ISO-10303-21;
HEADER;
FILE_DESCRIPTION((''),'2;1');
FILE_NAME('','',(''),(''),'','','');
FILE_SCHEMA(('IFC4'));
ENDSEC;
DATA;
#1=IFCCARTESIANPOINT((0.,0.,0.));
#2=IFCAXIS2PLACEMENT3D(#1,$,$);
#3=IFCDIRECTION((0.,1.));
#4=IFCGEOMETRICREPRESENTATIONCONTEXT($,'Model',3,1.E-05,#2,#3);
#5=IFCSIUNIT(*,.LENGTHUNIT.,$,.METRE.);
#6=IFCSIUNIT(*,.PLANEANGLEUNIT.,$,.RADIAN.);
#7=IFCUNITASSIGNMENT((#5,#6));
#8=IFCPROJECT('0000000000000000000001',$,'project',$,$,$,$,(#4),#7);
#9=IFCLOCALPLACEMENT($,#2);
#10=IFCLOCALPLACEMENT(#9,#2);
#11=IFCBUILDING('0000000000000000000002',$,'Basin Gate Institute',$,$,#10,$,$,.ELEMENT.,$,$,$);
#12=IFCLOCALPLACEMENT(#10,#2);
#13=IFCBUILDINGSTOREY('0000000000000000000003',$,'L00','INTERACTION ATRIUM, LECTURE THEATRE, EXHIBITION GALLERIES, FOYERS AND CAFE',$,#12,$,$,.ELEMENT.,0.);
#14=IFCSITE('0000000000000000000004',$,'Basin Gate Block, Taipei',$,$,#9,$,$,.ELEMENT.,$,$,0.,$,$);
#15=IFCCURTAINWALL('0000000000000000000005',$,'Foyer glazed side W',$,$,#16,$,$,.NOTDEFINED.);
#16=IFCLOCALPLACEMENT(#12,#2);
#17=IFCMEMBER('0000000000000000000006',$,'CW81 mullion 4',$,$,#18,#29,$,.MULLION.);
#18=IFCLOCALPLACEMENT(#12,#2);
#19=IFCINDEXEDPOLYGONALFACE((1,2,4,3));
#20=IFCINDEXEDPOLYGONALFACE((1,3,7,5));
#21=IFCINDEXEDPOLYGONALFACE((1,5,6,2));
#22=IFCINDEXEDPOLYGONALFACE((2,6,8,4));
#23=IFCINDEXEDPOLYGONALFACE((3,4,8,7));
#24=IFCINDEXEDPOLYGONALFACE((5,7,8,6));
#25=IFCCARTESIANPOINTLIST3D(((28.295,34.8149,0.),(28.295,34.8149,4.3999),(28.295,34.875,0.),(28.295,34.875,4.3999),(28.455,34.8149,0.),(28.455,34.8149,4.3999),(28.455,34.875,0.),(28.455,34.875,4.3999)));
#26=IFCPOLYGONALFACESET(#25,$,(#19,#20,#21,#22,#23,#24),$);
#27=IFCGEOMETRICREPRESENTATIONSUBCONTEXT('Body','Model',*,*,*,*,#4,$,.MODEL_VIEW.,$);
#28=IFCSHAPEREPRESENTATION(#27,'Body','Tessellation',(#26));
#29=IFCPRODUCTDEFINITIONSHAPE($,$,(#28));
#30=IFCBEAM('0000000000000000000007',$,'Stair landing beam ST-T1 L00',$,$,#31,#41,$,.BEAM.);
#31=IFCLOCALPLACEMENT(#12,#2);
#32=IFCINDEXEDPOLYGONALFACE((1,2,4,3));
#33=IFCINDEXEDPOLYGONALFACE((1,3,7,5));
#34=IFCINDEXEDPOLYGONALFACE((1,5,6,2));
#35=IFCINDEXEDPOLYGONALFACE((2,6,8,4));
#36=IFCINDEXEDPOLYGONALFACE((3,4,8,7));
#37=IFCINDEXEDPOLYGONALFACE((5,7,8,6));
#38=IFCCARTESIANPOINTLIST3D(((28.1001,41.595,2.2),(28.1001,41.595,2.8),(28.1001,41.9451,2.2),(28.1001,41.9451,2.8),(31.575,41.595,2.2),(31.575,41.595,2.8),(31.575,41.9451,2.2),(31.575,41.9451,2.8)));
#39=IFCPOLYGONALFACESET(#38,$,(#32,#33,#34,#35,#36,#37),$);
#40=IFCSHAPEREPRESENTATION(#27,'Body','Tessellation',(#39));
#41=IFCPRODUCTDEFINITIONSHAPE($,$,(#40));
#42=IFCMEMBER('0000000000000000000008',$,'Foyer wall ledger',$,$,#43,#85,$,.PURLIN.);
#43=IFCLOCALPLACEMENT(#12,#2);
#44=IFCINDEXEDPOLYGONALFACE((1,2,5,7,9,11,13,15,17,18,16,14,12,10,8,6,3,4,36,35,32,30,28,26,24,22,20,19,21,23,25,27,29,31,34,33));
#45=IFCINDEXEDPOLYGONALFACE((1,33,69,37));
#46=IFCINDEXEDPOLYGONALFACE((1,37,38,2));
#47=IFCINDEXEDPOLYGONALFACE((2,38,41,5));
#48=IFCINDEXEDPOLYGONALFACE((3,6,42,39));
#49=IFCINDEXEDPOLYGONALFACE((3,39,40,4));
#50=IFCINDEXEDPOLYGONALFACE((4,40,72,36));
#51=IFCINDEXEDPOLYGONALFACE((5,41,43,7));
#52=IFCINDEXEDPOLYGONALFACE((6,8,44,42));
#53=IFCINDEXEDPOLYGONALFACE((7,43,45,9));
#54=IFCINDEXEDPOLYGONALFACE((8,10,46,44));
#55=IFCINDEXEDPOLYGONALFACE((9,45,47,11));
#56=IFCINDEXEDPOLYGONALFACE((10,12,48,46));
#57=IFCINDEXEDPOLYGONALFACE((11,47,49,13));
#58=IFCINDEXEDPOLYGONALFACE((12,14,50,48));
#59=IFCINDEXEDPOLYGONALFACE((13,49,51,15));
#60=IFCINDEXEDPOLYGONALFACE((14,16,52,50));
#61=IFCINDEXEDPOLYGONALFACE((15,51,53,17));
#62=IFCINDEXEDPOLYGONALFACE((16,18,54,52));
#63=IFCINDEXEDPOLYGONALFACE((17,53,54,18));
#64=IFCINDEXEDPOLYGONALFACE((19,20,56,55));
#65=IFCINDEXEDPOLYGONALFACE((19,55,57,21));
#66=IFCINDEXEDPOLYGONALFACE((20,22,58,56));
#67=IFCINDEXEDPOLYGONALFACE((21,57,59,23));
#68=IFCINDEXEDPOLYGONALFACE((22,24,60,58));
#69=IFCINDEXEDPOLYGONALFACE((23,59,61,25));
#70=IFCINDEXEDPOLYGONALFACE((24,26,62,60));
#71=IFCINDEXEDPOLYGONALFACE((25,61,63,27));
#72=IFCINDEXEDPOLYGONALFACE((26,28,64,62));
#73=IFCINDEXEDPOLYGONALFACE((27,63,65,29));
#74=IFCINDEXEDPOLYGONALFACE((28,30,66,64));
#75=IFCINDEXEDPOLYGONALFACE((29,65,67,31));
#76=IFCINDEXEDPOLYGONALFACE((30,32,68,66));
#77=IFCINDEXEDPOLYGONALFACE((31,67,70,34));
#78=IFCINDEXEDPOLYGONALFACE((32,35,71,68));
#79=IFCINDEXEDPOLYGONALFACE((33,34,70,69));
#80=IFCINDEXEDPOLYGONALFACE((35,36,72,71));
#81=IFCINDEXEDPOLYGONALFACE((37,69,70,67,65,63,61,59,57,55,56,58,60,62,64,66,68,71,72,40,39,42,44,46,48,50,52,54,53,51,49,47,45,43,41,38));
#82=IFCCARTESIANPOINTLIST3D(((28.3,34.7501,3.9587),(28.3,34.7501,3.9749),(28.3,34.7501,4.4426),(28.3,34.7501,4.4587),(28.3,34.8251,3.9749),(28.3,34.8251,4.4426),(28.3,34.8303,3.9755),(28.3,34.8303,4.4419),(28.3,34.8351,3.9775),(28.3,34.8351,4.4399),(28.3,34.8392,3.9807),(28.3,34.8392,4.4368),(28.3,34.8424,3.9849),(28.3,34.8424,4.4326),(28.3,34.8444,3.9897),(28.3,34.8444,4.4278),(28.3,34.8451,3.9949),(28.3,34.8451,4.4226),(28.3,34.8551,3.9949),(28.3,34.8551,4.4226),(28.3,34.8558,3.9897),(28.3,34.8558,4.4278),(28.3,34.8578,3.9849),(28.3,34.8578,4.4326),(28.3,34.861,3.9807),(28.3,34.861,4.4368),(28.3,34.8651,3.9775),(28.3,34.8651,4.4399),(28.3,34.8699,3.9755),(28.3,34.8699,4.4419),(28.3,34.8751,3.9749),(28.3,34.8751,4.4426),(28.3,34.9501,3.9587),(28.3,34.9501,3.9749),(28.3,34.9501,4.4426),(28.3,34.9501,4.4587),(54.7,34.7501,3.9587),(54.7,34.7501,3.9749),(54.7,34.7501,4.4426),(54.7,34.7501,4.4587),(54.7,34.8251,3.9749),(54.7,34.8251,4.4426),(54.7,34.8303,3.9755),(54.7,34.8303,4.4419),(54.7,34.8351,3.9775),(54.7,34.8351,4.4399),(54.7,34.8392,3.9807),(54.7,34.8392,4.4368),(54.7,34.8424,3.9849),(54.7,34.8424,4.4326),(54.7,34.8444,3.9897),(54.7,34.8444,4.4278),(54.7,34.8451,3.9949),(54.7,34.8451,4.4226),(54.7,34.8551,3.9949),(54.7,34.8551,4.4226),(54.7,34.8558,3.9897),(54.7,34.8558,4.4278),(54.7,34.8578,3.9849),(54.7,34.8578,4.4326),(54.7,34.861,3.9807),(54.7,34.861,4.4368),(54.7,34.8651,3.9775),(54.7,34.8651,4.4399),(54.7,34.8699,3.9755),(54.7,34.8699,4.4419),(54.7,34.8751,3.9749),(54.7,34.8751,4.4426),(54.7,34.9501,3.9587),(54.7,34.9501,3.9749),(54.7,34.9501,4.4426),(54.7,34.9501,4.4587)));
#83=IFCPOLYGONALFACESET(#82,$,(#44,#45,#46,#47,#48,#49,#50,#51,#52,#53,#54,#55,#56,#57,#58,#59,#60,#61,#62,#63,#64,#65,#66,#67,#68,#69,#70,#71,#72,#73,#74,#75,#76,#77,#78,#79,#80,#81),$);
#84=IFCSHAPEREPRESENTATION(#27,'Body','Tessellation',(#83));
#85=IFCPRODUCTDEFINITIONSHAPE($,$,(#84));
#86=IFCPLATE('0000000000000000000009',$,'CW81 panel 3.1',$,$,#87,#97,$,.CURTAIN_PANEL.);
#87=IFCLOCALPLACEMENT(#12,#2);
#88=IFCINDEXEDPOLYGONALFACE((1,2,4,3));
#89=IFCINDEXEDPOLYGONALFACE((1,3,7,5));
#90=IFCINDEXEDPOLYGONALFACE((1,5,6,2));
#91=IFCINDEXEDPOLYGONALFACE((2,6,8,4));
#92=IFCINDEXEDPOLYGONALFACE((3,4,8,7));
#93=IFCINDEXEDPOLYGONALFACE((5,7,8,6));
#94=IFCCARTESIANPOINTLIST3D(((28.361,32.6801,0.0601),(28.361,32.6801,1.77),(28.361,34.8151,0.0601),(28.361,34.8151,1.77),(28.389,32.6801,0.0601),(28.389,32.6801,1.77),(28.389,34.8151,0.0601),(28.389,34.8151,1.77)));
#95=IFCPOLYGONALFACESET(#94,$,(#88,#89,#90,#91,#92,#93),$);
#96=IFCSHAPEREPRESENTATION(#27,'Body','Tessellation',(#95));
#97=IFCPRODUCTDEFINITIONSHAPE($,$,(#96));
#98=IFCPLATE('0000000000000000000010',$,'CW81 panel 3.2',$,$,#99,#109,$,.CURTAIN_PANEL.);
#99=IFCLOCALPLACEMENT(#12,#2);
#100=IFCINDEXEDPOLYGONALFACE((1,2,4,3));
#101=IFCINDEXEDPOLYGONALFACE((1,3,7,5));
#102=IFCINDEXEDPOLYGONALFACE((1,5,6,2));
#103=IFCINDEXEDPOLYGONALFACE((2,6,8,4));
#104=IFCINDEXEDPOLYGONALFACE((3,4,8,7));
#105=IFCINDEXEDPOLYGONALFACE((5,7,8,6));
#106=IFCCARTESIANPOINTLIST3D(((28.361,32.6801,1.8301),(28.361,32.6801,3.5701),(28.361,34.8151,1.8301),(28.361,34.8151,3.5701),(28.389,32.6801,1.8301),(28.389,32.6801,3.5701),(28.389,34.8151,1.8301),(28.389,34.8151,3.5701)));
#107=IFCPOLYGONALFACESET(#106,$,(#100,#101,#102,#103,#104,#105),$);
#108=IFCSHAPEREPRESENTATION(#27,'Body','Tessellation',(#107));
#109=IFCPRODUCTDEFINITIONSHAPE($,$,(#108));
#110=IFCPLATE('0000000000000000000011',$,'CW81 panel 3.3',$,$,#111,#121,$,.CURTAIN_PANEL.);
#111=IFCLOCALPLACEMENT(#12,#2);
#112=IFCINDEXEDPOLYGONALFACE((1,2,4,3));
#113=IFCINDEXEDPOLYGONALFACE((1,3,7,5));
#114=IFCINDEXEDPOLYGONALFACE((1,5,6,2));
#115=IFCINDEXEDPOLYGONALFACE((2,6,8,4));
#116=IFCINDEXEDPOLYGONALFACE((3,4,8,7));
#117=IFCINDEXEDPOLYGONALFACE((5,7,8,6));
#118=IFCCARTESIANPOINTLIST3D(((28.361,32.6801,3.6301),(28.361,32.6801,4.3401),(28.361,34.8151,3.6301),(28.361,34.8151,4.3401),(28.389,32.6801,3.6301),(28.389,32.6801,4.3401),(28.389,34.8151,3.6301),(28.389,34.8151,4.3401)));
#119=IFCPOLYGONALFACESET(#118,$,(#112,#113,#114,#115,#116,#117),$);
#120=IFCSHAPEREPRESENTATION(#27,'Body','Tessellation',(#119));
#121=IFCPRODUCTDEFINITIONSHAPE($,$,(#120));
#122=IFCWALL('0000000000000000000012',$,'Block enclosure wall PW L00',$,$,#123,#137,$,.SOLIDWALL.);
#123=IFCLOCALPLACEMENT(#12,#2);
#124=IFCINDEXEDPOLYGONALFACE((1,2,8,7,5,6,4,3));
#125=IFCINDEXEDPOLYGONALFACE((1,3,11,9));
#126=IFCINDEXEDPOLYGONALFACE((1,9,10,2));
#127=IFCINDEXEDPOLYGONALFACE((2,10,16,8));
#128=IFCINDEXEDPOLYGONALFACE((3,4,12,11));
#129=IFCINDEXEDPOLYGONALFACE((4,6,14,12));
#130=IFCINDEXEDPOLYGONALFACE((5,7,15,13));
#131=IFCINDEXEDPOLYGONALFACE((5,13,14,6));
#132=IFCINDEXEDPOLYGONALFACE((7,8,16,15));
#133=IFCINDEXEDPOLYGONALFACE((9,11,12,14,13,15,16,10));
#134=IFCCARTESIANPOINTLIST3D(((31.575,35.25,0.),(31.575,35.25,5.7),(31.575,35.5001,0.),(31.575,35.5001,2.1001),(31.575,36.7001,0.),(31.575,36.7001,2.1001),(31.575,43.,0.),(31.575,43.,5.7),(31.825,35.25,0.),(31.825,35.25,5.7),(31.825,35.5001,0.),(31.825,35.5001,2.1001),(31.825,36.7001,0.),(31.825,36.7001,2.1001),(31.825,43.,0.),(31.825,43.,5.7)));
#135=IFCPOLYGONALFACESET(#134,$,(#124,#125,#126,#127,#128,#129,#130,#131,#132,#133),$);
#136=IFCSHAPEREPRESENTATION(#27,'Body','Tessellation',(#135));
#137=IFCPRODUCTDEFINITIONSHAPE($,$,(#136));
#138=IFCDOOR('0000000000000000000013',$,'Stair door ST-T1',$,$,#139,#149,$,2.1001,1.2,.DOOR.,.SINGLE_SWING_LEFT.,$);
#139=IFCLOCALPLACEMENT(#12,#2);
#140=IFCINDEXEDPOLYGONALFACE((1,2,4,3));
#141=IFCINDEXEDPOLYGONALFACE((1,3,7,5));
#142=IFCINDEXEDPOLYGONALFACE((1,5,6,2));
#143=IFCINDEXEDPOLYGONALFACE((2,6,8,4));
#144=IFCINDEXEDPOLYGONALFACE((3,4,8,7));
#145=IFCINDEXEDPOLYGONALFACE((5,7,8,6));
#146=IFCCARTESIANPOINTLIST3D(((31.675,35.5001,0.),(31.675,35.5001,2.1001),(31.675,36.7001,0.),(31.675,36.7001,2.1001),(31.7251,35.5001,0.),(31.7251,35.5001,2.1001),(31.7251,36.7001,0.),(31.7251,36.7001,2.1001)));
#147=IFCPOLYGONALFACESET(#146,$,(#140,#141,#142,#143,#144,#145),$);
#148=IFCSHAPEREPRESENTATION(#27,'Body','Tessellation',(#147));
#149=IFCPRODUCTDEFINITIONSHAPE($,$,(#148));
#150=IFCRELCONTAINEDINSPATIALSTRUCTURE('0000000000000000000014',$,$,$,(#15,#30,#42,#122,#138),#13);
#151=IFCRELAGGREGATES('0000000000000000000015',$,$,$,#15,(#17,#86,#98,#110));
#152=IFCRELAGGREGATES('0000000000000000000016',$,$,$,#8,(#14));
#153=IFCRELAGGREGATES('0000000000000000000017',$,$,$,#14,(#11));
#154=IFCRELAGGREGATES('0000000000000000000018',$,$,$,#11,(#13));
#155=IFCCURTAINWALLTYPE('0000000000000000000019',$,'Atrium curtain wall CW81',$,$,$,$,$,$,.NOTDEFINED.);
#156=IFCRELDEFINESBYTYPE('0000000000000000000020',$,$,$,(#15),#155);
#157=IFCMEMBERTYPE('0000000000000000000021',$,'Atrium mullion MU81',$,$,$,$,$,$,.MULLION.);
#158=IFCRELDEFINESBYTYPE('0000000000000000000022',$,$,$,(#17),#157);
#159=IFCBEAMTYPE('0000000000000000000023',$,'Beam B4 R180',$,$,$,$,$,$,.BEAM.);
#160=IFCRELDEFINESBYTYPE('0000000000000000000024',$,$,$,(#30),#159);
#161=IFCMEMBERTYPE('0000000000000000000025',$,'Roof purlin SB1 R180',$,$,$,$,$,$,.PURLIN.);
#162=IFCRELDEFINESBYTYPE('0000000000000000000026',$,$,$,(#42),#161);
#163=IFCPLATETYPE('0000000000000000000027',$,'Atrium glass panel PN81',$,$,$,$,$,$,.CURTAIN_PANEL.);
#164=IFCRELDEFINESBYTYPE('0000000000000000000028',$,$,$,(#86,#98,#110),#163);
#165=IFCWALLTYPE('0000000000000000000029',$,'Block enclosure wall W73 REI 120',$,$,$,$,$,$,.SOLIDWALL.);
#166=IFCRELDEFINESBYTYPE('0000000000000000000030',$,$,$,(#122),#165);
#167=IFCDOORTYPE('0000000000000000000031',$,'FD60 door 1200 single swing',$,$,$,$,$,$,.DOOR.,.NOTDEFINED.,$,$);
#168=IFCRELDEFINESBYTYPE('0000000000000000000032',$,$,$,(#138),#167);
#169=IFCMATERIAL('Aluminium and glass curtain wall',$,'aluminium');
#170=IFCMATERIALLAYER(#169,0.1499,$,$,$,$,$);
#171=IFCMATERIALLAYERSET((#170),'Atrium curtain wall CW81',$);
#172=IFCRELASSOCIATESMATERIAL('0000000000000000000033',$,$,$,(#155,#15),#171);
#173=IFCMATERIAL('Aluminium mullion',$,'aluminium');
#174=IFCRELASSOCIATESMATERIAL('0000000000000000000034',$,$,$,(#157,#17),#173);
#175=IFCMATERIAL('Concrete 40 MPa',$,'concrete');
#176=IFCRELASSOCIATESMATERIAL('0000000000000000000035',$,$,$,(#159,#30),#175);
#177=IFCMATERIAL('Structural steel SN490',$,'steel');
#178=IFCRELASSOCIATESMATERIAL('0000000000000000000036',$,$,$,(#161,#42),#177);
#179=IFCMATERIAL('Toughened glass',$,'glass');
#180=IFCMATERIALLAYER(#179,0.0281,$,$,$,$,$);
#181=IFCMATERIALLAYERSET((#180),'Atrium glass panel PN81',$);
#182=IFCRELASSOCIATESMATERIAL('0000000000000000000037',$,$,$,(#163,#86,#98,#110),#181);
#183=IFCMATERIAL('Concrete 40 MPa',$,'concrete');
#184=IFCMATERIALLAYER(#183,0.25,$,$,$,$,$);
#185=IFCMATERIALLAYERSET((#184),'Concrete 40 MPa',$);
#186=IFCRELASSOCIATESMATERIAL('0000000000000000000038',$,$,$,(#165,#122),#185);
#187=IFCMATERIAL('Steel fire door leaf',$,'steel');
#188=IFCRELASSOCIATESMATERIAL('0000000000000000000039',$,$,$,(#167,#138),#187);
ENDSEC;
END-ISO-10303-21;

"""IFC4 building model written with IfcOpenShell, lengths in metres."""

from ifc_helpers import new_model, si_unit, direction, frame, frame_2d, origin, origin_2d, place, context, subcontext, project, spatial, rectangle, i_section, extrude, material, layer, layer_set, material_profile, profile_set, type_object, element, fill, aggregate, save


model = new_model("IFC4")

# Units and contexts
model_context = context("Model", 3, precision=1e-05, world=origin(), true_north=direction((0.0, 1.0)))
body_context = subcontext(model_context, "Body", "Model", "MODEL_VIEW")
ifc_project = project(units=[si_unit("LENGTHUNIT", "METRE"), si_unit("PLANEANGLEUNIT", "RADIAN")], contexts=[model_context])

# Site, building, storey
site_placement = place(None, origin())
site = spatial("IfcSite", under=ifc_project, at=site_placement, Name="Basin Gate Block, Taipei", CompositionType="ELEMENT", RefElevation=0.0)
building_placement = place(site_placement, origin())
building = spatial("IfcBuilding", under=site, at=building_placement, Name="Basin Gate Institute", CompositionType="ELEMENT")
storey_placement = place(building_placement, origin())
storey = spatial("IfcBuildingStorey", under=building, at=storey_placement, Name="L00", Description="INTERACTION ATRIUM, LECTURE THEATRE, EXHIBITION GALLERIES, FOYERS AND CAFE", CompositionType="ELEMENT", Elevation=0.0)

# Curtain wall, member
ifc_material_1 = material(Name="Aluminium and glass curtain wall", Category="aluminium")
ifc_layer_1 = layer(ifc_material_1, 0.1499)
ifc_layer_set_1 = layer_set([ifc_layer_1], Name="Atrium curtain wall CW81")
curtain_wall_type = type_object("IfcCurtainWallType", Name="Atrium curtain wall CW81", PredefinedType="NOTDEFINED", material=ifc_layer_set_1)
curtain_wall_placement = place(storey_placement, origin())
curtain_wall = element("IfcCurtainWall", 1, at=curtain_wall_placement, inside=storey, type_object=curtain_wall_type, material=ifc_layer_set_1, Name="Foyer glazed side W", PredefinedType="NOTDEFINED")
ifc_material_2 = material(Name="Aluminium mullion", Category="aluminium")
ifc_material_profile_1 = material_profile(ifc_material_2, rectangle(XDim=0.1599, YDim=0.0601, at=origin_2d()), Name="Atrium mullion MU81 160 x 60")
ifc_profile_set_1 = profile_set([ifc_material_profile_1], Name="Aluminium mullion")
member_type_1 = type_object("IfcMemberType", Name="Atrium mullion MU81", PredefinedType="MULLION", material=ifc_profile_set_1)
member_1_placement = place(storey_placement, frame((28.375, 34.845, 0.0), z_axis=(0.0, 0.0, 1.0), x_axis=(-1.0, 0.0, 0.0)))
member_1 = element("IfcMember", 2, at=member_1_placement, type_object=member_type_1, material=ifc_profile_set_1, Name="CW81 mullion 4", PredefinedType="MULLION", context=body_context, shape_type="SweptSolid", body=[
    extrude(rectangle(XDim=0.1599, YDim=0.0601, at=origin_2d()), origin(), (0.0, 0.0, 1.0), 4.3999),
])

# Beam
ifc_material_3 = material(Name="Concrete 40 MPa", Category="concrete")
ifc_material_profile_2 = material_profile(ifc_material_3, rectangle(XDim=0.3501, YDim=0.6001, at=origin_2d()), Name="Beam B4 350 x 600")
ifc_profile_set_2 = profile_set([ifc_material_profile_2], Name="Concrete 40 MPa")
beam_type = type_object("IfcBeamType", Name="Beam B4 R180", PredefinedType="BEAM", material=ifc_profile_set_2)
beam_placement = place(storey_placement, frame((28.1001, 41.77, 2.5), z_axis=(1.0, 0.0, 0.0), x_axis=(0.0, 1.0, 0.0)))
element("IfcBeam", 3, at=beam_placement, inside=storey, type_object=beam_type, material=ifc_profile_set_2, Name="Stair landing beam ST-T1 L00", PredefinedType="BEAM", context=body_context, shape_type="SweptSolid", body=[
    extrude(rectangle(XDim=0.3501, YDim=0.6001, at=origin_2d()), origin(), (0.0, 0.0, 1.0), 3.4749),
])

# Member
ifc_material_4 = material(Name="Structural steel SN490", Category="steel")
ifc_material_profile_3 = material_profile(ifc_material_4, i_section(OverallWidth=0.2, OverallDepth=0.5, WebThickness=0.01, FlangeThickness=0.0161, FilletRadius=0.02, at=origin_2d()), Name="H500x200")
ifc_profile_set_3 = profile_set([ifc_material_profile_3], Name="Structural steel SN490")
member_type_2 = type_object("IfcMemberType", Name="Roof purlin SB1 R180", PredefinedType="PURLIN", material=ifc_profile_set_3)
member_2_placement = place(storey_placement, frame((28.3, 34.8501, 4.2087), z_axis=(1.0, 0.0, 0.0), x_axis=(0.0, 1.0, 0.0)))
element("IfcMember", 4, at=member_2_placement, inside=storey, type_object=member_type_2, material=ifc_profile_set_3, Name="Foyer wall ledger", PredefinedType="PURLIN", context=body_context, shape_type="SweptSolid", body=[
    extrude(i_section(OverallWidth=0.2, OverallDepth=0.5, WebThickness=0.01, FlangeThickness=0.0161, FilletRadius=0.02, at=origin_2d()), origin(), (0.0, 0.0, 1.0), 26.3999),
])

# Plates
ifc_material_5 = material(Name="Toughened glass", Category="glass")
ifc_layer_2 = layer(ifc_material_5, 0.0281)
ifc_layer_set_2 = layer_set([ifc_layer_2], Name="Atrium glass panel PN81")
plate_type = type_object("IfcPlateType", Name="Atrium glass panel PN81", PredefinedType="CURTAIN_PANEL", material=ifc_layer_set_2)
plate_1_placement = place(storey_placement, frame((28.375, 33.7476, 0.0601), z_axis=(0.0, 0.0, 1.0), x_axis=(0.0, 1.0, 0.0)))
plate_1 = element("IfcPlate", 5, at=plate_1_placement, type_object=plate_type, material=ifc_layer_set_2, Name="CW81 panel 3.1", PredefinedType="CURTAIN_PANEL", context=body_context, shape_type="SweptSolid", body=[
    extrude(rectangle(XDim=2.135, YDim=0.0281, at=origin_2d()), origin(), (0.0, 0.0, 1.0), 1.71),
])
plate_2_placement = place(storey_placement, frame((28.375, 33.7476, 1.8301), z_axis=(0.0, 0.0, 1.0), x_axis=(0.0, 1.0, 0.0)))
plate_2 = element("IfcPlate", 6, at=plate_2_placement, type_object=plate_type, material=ifc_layer_set_2, Name="CW81 panel 3.2", PredefinedType="CURTAIN_PANEL", context=body_context, shape_type="SweptSolid", body=[
    extrude(rectangle(XDim=2.135, YDim=0.0281, at=origin_2d()), origin(), (0.0, 0.0, 1.0), 1.74),
])
plate_3_placement = place(storey_placement, frame((28.375, 33.7476, 3.6301), z_axis=(0.0, 0.0, 1.0), x_axis=(0.0, 1.0, 0.0)))
plate_3 = element("IfcPlate", 7, at=plate_3_placement, type_object=plate_type, material=ifc_layer_set_2, Name="CW81 panel 3.3", PredefinedType="CURTAIN_PANEL", context=body_context, shape_type="SweptSolid", body=[
    extrude(rectangle(XDim=2.135, YDim=0.0281, at=origin_2d()), origin(), (0.0, 0.0, 1.0), 0.71),
])
aggregate(curtain_wall, [member_1, plate_1, plate_2, plate_3])

# Wall, opening, door
ifc_material_6 = material(Name="Concrete 40 MPa", Category="concrete")
ifc_layer_3 = layer(ifc_material_6, 0.25)
ifc_layer_set_3 = layer_set([ifc_layer_3], Name="Concrete 40 MPa")
wall_type_1 = type_object("IfcWallType", Name="Block enclosure wall W73 REI 120", PredefinedType="SOLIDWALL", material=ifc_layer_set_3)
wall_1_placement = place(storey_placement, frame((31.7, 35.25, 0.0), z_axis=(0.0, 0.0, 1.0), x_axis=(0.0, 1.0, 0.0)))
wall_1 = element("IfcWall", 8, at=wall_1_placement, inside=storey, type_object=wall_type_1, material=ifc_layer_set_3, Name="Block enclosure wall PW L00", PredefinedType="SOLIDWALL", context=body_context, shape_type="SweptSolid", body=[
    extrude(rectangle(XDim=7.75, YDim=0.25, at=frame_2d((3.875, 0.0))), origin(), (0.0, 0.0, 1.0), 5.7),
])
opening_1_placement = place(wall_1_placement, frame((0.25, 0.0, 0.0)))
opening_1 = element("IfcOpeningElement", 9, at=opening_1_placement, cuts=wall_1, PredefinedType="OPENING", context=body_context, shape_type="SweptSolid", body=[
    extrude(rectangle(XDim=1.2, YDim=2.1001, at=frame_2d((0.6001, 1.05))), frame((0.0, 0.135, 0.0), z_axis=(0.0, -1.0, 0.0), x_axis=(1.0, 0.0, 0.0)), (0.0, 0.0, 1.0), 0.27),
])
ifc_material_7 = material(Name="Steel fire door leaf", Category="steel")
door_type_1 = type_object("IfcDoorType", Name="FD60 door 1200 single swing", OperationType="NOTDEFINED", PredefinedType="DOOR", material=ifc_material_7)
door_1_placement = place(opening_1_placement, origin())
door_1 = element("IfcDoor", 10, at=door_1_placement, inside=storey, type_object=door_type_1, material=ifc_material_7, Name="Stair door ST-T1", OperationType="SINGLE_SWING_LEFT", OverallHeight=2.1001, OverallWidth=1.2, PredefinedType="DOOR", context=body_context, shape_type="SweptSolid", body=[
    extrude(rectangle(XDim=1.2, YDim=2.1001, at=frame_2d((0.6001, 1.05))), frame((0.0, 0.0249, 0.0), z_axis=(0.0, -1.0, 0.0), x_axis=(1.0, 0.0, 0.0)), (0.0, 0.0, 1.0), 0.05),
])
fill(opening_1, door_1)

save(model, "model.ifc")
